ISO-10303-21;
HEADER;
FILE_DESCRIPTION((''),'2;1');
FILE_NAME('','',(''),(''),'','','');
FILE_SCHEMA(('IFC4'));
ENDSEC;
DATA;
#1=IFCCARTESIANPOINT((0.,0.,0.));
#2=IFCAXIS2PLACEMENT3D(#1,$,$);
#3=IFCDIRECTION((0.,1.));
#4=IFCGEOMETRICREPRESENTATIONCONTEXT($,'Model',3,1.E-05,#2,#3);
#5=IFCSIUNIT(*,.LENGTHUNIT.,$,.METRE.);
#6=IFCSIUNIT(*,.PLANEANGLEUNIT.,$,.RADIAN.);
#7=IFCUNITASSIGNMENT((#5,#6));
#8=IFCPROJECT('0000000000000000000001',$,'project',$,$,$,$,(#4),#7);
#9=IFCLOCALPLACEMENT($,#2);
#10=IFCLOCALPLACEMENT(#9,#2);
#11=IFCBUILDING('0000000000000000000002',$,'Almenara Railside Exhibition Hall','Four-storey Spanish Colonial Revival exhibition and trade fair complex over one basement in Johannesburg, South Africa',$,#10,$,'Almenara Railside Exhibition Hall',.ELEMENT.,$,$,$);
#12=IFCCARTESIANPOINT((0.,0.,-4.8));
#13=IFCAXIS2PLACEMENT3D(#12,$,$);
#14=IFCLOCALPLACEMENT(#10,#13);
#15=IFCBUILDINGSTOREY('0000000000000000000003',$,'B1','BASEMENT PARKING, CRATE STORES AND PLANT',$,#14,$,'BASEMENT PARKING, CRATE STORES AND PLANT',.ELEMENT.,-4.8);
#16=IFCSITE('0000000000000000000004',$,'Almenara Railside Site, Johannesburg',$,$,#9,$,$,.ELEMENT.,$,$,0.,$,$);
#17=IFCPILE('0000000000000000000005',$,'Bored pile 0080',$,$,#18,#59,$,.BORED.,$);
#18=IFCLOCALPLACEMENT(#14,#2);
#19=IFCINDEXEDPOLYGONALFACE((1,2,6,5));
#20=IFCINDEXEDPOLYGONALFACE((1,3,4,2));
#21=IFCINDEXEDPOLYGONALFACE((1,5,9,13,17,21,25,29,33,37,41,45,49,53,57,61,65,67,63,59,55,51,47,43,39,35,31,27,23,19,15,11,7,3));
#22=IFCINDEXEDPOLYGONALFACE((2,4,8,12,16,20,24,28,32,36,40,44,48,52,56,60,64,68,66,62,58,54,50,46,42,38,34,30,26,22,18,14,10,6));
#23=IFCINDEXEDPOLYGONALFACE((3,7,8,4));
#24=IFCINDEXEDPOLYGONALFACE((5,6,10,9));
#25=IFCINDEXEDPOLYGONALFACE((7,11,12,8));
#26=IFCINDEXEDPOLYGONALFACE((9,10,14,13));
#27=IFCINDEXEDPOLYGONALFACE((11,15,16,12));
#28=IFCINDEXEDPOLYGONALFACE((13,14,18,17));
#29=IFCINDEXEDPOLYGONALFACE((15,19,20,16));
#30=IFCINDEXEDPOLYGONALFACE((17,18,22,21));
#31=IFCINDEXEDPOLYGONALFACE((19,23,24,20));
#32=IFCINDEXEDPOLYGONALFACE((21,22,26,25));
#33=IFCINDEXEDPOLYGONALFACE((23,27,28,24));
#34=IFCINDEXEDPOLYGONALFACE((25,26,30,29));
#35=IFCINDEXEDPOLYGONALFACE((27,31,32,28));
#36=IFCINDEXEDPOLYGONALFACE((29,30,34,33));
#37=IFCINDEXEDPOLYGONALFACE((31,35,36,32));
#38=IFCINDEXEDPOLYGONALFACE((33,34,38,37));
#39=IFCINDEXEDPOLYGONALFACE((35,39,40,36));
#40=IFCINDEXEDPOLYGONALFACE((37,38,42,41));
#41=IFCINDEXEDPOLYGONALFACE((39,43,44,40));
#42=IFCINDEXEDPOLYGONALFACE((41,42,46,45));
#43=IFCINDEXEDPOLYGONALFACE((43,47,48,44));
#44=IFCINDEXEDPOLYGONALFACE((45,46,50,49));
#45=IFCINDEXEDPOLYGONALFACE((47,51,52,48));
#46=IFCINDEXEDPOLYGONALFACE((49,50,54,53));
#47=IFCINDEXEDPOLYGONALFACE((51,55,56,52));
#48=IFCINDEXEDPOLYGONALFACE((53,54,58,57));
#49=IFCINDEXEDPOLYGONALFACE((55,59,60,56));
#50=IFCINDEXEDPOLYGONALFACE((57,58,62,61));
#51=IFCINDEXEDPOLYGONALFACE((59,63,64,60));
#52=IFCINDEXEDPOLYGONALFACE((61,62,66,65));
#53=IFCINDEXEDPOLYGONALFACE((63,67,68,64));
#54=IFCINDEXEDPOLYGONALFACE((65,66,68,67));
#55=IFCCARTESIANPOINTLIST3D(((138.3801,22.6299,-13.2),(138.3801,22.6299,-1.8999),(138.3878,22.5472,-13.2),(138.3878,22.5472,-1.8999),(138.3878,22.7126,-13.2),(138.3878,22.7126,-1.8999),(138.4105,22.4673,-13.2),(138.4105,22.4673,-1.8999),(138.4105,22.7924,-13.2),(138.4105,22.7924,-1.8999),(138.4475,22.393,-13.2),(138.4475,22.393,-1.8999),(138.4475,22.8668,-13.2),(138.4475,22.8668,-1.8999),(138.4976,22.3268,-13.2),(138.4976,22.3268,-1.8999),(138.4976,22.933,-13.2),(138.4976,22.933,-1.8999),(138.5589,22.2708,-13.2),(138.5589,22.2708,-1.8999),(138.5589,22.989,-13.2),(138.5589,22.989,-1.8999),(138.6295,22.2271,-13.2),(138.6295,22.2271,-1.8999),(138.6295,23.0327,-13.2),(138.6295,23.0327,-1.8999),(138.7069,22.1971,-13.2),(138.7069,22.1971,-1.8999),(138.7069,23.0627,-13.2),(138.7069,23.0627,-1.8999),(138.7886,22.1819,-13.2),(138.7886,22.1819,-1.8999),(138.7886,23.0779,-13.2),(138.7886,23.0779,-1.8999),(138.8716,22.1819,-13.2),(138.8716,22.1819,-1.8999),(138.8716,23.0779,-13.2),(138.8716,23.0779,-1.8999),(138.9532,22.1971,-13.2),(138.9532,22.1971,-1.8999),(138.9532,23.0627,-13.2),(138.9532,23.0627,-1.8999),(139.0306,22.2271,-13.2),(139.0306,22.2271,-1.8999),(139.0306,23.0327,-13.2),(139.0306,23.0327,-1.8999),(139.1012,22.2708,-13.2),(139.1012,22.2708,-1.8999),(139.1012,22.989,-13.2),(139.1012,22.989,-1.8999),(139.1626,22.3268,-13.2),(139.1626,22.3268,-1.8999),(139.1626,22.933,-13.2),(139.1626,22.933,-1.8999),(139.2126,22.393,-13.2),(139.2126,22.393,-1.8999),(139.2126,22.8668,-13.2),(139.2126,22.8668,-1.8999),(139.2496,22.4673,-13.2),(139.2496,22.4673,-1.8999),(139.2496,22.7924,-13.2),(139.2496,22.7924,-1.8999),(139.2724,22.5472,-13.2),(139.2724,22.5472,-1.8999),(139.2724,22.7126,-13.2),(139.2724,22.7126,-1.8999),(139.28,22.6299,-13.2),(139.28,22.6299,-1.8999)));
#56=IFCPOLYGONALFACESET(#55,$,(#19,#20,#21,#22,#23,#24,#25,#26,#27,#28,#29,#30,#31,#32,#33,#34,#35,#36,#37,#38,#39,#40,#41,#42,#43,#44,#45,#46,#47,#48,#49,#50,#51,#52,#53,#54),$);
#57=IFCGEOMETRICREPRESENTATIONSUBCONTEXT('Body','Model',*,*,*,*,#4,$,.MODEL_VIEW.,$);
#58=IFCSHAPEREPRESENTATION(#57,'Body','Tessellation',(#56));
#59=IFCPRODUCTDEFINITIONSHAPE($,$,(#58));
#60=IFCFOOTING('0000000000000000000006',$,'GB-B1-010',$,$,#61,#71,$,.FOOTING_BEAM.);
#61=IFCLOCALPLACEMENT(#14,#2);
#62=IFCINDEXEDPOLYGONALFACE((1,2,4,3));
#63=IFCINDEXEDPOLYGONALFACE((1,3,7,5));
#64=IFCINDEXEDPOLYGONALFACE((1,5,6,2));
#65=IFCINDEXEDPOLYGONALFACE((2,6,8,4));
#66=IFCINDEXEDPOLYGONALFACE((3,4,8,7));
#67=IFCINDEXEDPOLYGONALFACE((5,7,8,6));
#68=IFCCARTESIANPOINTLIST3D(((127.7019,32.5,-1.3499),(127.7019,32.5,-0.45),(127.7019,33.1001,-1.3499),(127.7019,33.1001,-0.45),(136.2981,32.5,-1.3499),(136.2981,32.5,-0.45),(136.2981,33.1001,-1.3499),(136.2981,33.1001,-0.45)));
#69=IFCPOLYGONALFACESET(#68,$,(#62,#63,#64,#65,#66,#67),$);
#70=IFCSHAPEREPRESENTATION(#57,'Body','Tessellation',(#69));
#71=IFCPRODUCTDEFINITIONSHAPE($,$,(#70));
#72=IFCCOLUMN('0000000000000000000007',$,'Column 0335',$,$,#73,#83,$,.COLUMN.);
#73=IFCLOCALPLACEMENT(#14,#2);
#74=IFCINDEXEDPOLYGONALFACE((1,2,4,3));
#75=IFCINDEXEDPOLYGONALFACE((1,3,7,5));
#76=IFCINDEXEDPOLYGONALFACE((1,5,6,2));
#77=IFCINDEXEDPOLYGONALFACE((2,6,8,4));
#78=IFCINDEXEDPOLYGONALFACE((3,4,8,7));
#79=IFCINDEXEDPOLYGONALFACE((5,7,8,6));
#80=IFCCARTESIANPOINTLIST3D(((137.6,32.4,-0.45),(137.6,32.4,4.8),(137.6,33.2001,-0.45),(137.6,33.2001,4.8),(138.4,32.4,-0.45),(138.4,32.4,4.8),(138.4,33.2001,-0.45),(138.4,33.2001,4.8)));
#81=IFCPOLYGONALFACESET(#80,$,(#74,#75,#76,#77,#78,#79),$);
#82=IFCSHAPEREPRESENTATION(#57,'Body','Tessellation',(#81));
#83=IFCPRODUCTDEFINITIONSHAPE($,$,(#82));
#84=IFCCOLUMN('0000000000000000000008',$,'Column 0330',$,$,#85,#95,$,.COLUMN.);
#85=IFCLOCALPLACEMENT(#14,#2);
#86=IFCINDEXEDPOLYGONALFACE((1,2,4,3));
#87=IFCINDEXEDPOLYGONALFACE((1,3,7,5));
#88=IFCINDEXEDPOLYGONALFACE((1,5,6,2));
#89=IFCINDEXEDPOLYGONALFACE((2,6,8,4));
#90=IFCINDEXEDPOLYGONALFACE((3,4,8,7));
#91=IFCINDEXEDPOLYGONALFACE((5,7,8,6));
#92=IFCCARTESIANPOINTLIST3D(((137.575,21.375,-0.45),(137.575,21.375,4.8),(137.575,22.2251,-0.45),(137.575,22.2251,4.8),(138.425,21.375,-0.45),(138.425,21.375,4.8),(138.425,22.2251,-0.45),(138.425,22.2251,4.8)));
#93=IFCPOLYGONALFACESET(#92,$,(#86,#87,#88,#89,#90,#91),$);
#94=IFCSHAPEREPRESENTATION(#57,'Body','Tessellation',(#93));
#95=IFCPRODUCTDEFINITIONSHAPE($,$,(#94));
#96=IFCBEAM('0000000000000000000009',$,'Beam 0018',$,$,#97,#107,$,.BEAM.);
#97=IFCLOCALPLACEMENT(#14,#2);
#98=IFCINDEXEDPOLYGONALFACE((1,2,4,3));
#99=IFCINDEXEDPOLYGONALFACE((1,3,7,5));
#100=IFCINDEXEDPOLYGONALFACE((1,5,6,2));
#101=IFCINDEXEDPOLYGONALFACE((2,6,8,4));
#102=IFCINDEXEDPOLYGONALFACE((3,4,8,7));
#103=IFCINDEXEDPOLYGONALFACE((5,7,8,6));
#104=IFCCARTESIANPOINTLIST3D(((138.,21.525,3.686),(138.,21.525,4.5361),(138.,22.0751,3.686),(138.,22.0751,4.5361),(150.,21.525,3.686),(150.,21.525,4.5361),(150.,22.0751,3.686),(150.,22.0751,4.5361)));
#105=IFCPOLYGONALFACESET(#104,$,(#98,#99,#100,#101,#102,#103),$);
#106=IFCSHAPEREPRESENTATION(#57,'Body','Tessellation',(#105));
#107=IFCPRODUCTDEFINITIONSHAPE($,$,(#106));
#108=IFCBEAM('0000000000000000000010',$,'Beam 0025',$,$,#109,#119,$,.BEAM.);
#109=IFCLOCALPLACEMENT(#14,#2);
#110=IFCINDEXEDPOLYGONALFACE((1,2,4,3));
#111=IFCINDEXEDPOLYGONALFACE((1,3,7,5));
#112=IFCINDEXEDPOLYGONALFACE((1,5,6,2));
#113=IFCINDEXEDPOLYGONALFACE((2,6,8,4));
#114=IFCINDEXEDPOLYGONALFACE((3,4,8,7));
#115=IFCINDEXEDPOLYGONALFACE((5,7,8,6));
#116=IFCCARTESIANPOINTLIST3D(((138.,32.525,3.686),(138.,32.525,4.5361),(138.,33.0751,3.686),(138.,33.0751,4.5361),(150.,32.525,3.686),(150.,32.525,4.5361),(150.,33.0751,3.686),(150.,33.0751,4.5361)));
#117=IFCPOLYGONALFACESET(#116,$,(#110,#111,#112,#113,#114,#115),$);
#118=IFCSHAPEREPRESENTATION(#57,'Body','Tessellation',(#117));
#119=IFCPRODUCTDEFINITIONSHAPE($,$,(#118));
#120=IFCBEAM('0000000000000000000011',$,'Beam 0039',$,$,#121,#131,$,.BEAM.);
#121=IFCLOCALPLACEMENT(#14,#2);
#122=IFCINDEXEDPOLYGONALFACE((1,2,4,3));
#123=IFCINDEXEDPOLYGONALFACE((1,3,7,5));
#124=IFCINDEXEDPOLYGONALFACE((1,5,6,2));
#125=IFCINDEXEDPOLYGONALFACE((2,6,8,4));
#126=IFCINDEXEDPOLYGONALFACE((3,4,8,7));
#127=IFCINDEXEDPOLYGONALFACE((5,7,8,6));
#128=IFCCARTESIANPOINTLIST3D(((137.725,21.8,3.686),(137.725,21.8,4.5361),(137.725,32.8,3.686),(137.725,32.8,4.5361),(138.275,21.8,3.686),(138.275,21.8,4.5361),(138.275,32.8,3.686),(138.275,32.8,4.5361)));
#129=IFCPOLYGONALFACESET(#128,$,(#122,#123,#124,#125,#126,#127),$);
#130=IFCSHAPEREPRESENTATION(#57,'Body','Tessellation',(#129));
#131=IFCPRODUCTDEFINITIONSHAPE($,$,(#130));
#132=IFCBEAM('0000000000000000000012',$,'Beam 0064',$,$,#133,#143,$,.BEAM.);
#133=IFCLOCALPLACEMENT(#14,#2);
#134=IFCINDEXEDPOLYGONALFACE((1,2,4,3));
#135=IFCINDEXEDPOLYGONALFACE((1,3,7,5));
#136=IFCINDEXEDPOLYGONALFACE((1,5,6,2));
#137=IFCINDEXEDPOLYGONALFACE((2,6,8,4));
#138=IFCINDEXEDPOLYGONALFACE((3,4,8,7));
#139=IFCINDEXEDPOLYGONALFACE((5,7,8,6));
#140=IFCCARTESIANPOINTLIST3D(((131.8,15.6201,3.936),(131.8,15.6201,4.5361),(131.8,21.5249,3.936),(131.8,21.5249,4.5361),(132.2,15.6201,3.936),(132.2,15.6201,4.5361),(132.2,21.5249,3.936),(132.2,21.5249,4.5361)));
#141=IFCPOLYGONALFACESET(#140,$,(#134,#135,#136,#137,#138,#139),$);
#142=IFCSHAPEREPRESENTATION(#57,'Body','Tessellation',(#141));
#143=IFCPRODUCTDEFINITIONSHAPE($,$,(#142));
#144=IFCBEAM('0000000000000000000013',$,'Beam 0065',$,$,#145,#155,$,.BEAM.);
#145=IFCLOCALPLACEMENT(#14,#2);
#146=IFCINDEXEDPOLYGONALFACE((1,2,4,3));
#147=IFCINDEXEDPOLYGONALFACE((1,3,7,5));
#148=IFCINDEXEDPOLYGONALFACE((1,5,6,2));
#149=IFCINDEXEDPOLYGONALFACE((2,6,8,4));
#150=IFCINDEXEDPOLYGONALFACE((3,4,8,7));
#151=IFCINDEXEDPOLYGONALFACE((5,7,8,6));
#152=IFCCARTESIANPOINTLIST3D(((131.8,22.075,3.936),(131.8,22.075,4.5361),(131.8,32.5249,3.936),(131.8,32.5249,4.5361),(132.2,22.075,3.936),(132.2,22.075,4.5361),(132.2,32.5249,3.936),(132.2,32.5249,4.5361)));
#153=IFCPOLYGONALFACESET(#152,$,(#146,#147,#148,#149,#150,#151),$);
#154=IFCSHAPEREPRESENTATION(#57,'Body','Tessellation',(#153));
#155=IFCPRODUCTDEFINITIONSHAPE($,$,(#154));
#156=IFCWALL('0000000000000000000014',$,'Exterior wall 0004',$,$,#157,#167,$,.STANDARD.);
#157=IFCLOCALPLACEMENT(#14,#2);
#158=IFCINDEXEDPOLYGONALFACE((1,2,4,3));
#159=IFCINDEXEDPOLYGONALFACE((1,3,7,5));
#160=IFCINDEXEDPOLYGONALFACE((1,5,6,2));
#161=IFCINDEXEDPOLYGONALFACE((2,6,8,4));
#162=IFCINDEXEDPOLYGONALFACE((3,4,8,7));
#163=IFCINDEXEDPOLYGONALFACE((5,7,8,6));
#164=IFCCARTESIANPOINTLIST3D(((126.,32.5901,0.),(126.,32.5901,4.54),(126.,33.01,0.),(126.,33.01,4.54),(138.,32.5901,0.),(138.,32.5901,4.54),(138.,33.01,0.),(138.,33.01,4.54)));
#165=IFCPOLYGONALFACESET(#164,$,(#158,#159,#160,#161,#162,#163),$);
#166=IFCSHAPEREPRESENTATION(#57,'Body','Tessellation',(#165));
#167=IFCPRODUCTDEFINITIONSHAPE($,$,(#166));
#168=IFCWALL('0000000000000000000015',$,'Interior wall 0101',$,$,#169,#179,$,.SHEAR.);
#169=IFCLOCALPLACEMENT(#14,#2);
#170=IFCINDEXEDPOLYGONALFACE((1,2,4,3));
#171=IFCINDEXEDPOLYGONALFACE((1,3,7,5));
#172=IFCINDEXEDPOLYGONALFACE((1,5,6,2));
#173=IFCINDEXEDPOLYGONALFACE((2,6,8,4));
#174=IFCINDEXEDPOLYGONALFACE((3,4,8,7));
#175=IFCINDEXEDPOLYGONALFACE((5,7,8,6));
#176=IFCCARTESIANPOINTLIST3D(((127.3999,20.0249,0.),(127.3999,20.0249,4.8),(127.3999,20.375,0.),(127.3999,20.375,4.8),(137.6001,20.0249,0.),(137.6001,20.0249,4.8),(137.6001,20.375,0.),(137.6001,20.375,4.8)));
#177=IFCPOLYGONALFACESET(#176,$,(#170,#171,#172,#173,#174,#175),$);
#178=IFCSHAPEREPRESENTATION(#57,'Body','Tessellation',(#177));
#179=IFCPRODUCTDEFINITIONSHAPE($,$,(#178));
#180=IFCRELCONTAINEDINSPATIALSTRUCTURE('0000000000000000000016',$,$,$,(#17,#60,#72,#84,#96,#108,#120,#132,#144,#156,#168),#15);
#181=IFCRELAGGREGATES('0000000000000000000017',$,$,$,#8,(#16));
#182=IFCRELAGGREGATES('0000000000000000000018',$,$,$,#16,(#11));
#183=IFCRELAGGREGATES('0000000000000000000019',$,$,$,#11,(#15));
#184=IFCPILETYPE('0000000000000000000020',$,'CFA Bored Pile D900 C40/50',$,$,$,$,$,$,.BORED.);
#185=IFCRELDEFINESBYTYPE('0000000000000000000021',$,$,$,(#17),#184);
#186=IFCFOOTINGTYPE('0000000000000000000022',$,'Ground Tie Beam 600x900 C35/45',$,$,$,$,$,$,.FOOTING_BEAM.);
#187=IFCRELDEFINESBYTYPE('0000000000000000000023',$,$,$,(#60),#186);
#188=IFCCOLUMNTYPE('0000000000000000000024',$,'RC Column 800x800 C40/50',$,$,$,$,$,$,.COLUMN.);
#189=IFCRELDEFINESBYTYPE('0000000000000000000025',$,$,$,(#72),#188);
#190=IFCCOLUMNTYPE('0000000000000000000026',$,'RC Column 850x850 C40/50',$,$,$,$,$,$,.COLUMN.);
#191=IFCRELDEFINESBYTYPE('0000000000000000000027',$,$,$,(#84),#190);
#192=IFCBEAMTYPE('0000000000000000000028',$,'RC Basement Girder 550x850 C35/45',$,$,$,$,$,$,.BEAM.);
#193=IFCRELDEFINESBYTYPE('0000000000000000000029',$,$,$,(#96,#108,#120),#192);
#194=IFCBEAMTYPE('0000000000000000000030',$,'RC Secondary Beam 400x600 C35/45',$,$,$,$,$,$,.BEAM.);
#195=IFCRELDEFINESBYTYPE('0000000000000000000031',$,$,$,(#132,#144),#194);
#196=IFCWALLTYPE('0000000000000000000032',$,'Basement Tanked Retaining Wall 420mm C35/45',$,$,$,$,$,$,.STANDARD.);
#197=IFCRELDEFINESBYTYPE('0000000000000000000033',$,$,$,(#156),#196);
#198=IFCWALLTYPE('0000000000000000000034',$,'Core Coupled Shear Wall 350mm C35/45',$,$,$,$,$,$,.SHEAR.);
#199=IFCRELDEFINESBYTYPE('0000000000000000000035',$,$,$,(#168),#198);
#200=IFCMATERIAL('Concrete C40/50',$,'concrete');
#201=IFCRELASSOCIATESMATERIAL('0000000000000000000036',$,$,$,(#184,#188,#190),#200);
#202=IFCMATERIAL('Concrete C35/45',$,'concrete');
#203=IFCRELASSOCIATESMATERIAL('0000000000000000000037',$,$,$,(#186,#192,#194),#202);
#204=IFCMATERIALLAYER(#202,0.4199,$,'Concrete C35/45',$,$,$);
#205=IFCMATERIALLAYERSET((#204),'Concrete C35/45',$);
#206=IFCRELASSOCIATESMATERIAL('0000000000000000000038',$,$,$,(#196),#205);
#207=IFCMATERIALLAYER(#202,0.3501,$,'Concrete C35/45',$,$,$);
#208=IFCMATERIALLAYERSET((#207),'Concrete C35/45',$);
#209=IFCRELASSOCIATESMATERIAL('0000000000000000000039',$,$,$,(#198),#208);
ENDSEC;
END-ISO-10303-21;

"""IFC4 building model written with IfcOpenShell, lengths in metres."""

from ifc_helpers import new_model, si_unit, direction, frame, frame_2d, origin, origin_2d, place, context, subcontext, project, spatial, rectangle, circle, extrude, material, layer, layer_set, material_profile, profile_set, type_object, element, save


model = new_model("IFC4")

# Units and contexts
model_context = context("Model", 3, precision=1e-05, world=origin(), true_north=direction((0.0, 1.0)))
body_context = subcontext(model_context, "Body", "Model", "MODEL_VIEW")
ifc_project = project(units=[si_unit("LENGTHUNIT", "METRE"), si_unit("PLANEANGLEUNIT", "RADIAN")], contexts=[model_context])

# Site, building, storey
site_placement = place(None, origin())
site = spatial("IfcSite", under=ifc_project, at=site_placement, Name="Almenara Railside Site, Johannesburg", CompositionType="ELEMENT", RefElevation=0.0)
building_placement = place(site_placement, origin())
building = spatial("IfcBuilding", under=site, at=building_placement, Name="Almenara Railside Exhibition Hall", Description="Four-storey Spanish Colonial Revival exhibition and trade fair complex over one basement in Johannesburg, South Africa", LongName="Almenara Railside Exhibition Hall", CompositionType="ELEMENT")
storey_placement = place(building_placement, frame((0.0, 0.0, -4.8)))
storey = spatial("IfcBuildingStorey", under=building, at=storey_placement, Name="B1", Description="BASEMENT PARKING, CRATE STORES AND PLANT", LongName="BASEMENT PARKING, CRATE STORES AND PLANT", CompositionType="ELEMENT", Elevation=-4.8)

# Pile
ifc_material_1 = material(Name="Concrete C40/50", Category="concrete")
ifc_material_profile_1 = material_profile(ifc_material_1, circle(Radius=0.45, at=origin_2d()), Name="CFA-PILE D900")
ifc_profile_set_1 = profile_set([ifc_material_profile_1], Name="Concrete C40/50")
pile_type_1 = type_object("IfcPileType", Name="CFA Bored Pile D900 C40/50", PredefinedType="BORED", material=ifc_profile_set_1)
for number, where, z_axis, x_axis, name in (
    (1, (138.8301, 22.6299, -1.8999), (0.0, 0.0, -1.0), (1.0, 0.0, 0.0), "Bored pile 0080"),
):
    element("IfcPile", number, at=place(storey_placement, frame(where, z_axis=z_axis, x_axis=x_axis)), inside=storey, type_object=pile_type_1, Name=name, PredefinedType="BORED", context=body_context, shape_type="SweptSolid", body=[
        extrude(circle(Radius=0.45, at=origin_2d()), origin(), (0.0, 0.0, 1.0), 11.3),
    ])

# Footing
ifc_material_2 = material(Name="Concrete C35/45", Category="concrete")
ifc_material_profile_2 = material_profile(ifc_material_2, rectangle(XDim=0.6001, YDim=0.8999, at=origin_2d()), Name="RC-GB 600x900")
ifc_profile_set_2 = profile_set([ifc_material_profile_2], Name="Concrete C35/45")
footing_type = type_object("IfcFootingType", Name="Ground Tie Beam 600x900 C35/45", PredefinedType="FOOTING_BEAM", material=ifc_profile_set_2)
footing_placement = place(storey_placement, frame((127.7019, 32.8, -0.8999), z_axis=(1.0, 0.0, 0.0), x_axis=(0.0, 1.0, 0.0)))
element("IfcFooting", 2, at=footing_placement, inside=storey, type_object=footing_type, Name="GB-B1-010", PredefinedType="FOOTING_BEAM", context=body_context, shape_type="SweptSolid", body=[
    extrude(rectangle(XDim=0.6001, YDim=0.8999, at=origin_2d()), origin(), (0.0, 0.0, 1.0), 8.5962),
])

# Columns
ifc_material_profile_3 = material_profile(ifc_material_1, rectangle(XDim=0.8, YDim=0.8, at=origin_2d()), Name="RC 800x800")
ifc_profile_set_3 = profile_set([ifc_material_profile_3], Name="Concrete C40/50")
column_type_1 = type_object("IfcColumnType", Name="RC Column 800x800 C40/50", PredefinedType="COLUMN", material=ifc_profile_set_3)
column_1_placement = place(storey_placement, frame((138.0, 32.8, -0.45), z_axis=(0.0, 0.0, 1.0), x_axis=(1.0, 0.0, 0.0)))
element("IfcColumn", 3, at=column_1_placement, inside=storey, type_object=column_type_1, Name="Column 0335", PredefinedType="COLUMN", context=body_context, shape_type="SweptSolid", body=[
    extrude(rectangle(XDim=0.8, YDim=0.8, at=origin_2d()), origin(), (0.0, 0.0, 1.0), 5.25),
])
ifc_material_profile_4 = material_profile(ifc_material_1, rectangle(XDim=0.8501, YDim=0.8501, at=origin_2d()), Name="RC 850x850")
ifc_profile_set_4 = profile_set([ifc_material_profile_4], Name="Concrete C40/50")
column_type_2 = type_object("IfcColumnType", Name="RC Column 850x850 C40/50", PredefinedType="COLUMN", material=ifc_profile_set_4)
column_2_placement = place(storey_placement, frame((138.0, 21.8, -0.45), z_axis=(0.0, 0.0, 1.0), x_axis=(1.0, 0.0, 0.0)))
element("IfcColumn", 4, at=column_2_placement, inside=storey, type_object=column_type_2, Name="Column 0330", PredefinedType="COLUMN", context=body_context, shape_type="SweptSolid", body=[
    extrude(rectangle(XDim=0.8501, YDim=0.8501, at=origin_2d()), origin(), (0.0, 0.0, 1.0), 5.25),
])

# Beams
ifc_material_profile_5 = material_profile(ifc_material_2, rectangle(XDim=0.55, YDim=0.8501, at=origin_2d()), Name="RC 550x850")
ifc_profile_set_5 = profile_set([ifc_material_profile_5], Name="Concrete C35/45")
beam_type_1 = type_object("IfcBeamType", Name="RC Basement Girder 550x850 C35/45", PredefinedType="BEAM", material=ifc_profile_set_5)
for number, where, z_axis, x_axis, name in (
    (5, (138.0, 21.8, 4.1111), (1.0, 0.0, 0.0), (0.0, 1.0, 0.0), "Beam 0018"),
    (6, (138.0, 32.8, 4.1111), (1.0, 0.0, 0.0), (0.0, 1.0, 0.0), "Beam 0025"),
):
    element("IfcBeam", number, at=place(storey_placement, frame(where, z_axis=z_axis, x_axis=x_axis)), inside=storey, type_object=beam_type_1, Name=name, PredefinedType="BEAM", context=body_context, shape_type="SweptSolid", body=[
        extrude(rectangle(XDim=0.55, YDim=0.8501, at=origin_2d()), origin(), (0.0, 0.0, 1.0), 12.0),
    ])
beam_1_placement = place(storey_placement, frame((138.0, 21.8, 4.1111), z_axis=(0.0, 1.0, 0.0), x_axis=(-1.0, 0.0, 0.0)))
element("IfcBeam", 7, at=beam_1_placement, inside=storey, type_object=beam_type_1, Name="Beam 0039", PredefinedType="BEAM", context=body_context, shape_type="SweptSolid", body=[
    extrude(rectangle(XDim=0.55, YDim=0.8501, at=origin_2d()), origin(), (0.0, 0.0, 1.0), 11.0),
])
ifc_material_profile_6 = material_profile(ifc_material_2, rectangle(XDim=0.3999, YDim=0.6001, at=origin_2d()), Name="RC 400x600")
ifc_profile_set_6 = profile_set([ifc_material_profile_6], Name="Concrete C35/45")
beam_type_2 = type_object("IfcBeamType", Name="RC Secondary Beam 400x600 C35/45", PredefinedType="BEAM", material=ifc_profile_set_6)
beam_2_placement = place(storey_placement, frame((132.0, 15.6201, 4.2361), z_axis=(0.0, 1.0, 0.0), x_axis=(-1.0, 0.0, 0.0)))
element("IfcBeam", 8, at=beam_2_placement, inside=storey, type_object=beam_type_2, Name="Beam 0064", PredefinedType="BEAM", context=body_context, shape_type="SweptSolid", body=[
    extrude(rectangle(XDim=0.3999, YDim=0.6001, at=origin_2d()), origin(), (0.0, 0.0, 1.0), 5.9048),
])
beam_3_placement = place(storey_placement, frame((132.0, 22.075, 4.2361), z_axis=(0.0, 1.0, 0.0), x_axis=(-1.0, 0.0, 0.0)))
element("IfcBeam", 9, at=beam_3_placement, inside=storey, type_object=beam_type_2, Name="Beam 0065", PredefinedType="BEAM", context=body_context, shape_type="SweptSolid", body=[
    extrude(rectangle(XDim=0.3999, YDim=0.6001, at=origin_2d()), origin(), (0.0, 0.0, 1.0), 10.45),
])

# Walls
ifc_layer_1 = layer(ifc_material_2, 0.4199, Name="Concrete C35/45")
ifc_layer_set_1 = layer_set([ifc_layer_1], Name="Concrete C35/45")
wall_type_1 = type_object("IfcWallType", Name="Basement Tanked Retaining Wall 420mm C35/45", PredefinedType="STANDARD", material=ifc_layer_set_1)
wall_1_placement = place(storey_placement, frame((138.0, 32.8, 0.0), z_axis=(0.0, 0.0, 1.0), x_axis=(-1.0, 0.0, 0.0)))
element("IfcWall", 10, at=wall_1_placement, inside=storey, type_object=wall_type_1, Name="Exterior wall 0004", PredefinedType="STANDARD", context=body_context, shape_type="SweptSolid", body=[
    extrude(rectangle(XDim=12.0, YDim=0.4199, at=frame_2d((6.0, 0.0))), origin(), (0.0, 0.0, 1.0), 4.54),
])
ifc_layer_2 = layer(ifc_material_2, 0.3501, Name="Concrete C35/45")
ifc_layer_set_2 = layer_set([ifc_layer_2], Name="Concrete C35/45")
wall_type_2 = type_object("IfcWallType", Name="Core Coupled Shear Wall 350mm C35/45", PredefinedType="SHEAR", material=ifc_layer_set_2)
wall_2_placement = place(storey_placement, frame((137.6001, 20.2, 0.0), z_axis=(0.0, 0.0, 1.0), x_axis=(-1.0, 0.0, 0.0)))
element("IfcWall", 11, at=wall_2_placement, inside=storey, type_object=wall_type_2, Name="Interior wall 0101", PredefinedType="SHEAR", context=body_context, shape_type="SweptSolid", body=[
    extrude(rectangle(XDim=10.2002, YDim=0.3501, at=frame_2d((5.1001, 0.0))), origin(), (0.0, 0.0, 1.0), 4.8),
])

save(model, "model.ifc")
